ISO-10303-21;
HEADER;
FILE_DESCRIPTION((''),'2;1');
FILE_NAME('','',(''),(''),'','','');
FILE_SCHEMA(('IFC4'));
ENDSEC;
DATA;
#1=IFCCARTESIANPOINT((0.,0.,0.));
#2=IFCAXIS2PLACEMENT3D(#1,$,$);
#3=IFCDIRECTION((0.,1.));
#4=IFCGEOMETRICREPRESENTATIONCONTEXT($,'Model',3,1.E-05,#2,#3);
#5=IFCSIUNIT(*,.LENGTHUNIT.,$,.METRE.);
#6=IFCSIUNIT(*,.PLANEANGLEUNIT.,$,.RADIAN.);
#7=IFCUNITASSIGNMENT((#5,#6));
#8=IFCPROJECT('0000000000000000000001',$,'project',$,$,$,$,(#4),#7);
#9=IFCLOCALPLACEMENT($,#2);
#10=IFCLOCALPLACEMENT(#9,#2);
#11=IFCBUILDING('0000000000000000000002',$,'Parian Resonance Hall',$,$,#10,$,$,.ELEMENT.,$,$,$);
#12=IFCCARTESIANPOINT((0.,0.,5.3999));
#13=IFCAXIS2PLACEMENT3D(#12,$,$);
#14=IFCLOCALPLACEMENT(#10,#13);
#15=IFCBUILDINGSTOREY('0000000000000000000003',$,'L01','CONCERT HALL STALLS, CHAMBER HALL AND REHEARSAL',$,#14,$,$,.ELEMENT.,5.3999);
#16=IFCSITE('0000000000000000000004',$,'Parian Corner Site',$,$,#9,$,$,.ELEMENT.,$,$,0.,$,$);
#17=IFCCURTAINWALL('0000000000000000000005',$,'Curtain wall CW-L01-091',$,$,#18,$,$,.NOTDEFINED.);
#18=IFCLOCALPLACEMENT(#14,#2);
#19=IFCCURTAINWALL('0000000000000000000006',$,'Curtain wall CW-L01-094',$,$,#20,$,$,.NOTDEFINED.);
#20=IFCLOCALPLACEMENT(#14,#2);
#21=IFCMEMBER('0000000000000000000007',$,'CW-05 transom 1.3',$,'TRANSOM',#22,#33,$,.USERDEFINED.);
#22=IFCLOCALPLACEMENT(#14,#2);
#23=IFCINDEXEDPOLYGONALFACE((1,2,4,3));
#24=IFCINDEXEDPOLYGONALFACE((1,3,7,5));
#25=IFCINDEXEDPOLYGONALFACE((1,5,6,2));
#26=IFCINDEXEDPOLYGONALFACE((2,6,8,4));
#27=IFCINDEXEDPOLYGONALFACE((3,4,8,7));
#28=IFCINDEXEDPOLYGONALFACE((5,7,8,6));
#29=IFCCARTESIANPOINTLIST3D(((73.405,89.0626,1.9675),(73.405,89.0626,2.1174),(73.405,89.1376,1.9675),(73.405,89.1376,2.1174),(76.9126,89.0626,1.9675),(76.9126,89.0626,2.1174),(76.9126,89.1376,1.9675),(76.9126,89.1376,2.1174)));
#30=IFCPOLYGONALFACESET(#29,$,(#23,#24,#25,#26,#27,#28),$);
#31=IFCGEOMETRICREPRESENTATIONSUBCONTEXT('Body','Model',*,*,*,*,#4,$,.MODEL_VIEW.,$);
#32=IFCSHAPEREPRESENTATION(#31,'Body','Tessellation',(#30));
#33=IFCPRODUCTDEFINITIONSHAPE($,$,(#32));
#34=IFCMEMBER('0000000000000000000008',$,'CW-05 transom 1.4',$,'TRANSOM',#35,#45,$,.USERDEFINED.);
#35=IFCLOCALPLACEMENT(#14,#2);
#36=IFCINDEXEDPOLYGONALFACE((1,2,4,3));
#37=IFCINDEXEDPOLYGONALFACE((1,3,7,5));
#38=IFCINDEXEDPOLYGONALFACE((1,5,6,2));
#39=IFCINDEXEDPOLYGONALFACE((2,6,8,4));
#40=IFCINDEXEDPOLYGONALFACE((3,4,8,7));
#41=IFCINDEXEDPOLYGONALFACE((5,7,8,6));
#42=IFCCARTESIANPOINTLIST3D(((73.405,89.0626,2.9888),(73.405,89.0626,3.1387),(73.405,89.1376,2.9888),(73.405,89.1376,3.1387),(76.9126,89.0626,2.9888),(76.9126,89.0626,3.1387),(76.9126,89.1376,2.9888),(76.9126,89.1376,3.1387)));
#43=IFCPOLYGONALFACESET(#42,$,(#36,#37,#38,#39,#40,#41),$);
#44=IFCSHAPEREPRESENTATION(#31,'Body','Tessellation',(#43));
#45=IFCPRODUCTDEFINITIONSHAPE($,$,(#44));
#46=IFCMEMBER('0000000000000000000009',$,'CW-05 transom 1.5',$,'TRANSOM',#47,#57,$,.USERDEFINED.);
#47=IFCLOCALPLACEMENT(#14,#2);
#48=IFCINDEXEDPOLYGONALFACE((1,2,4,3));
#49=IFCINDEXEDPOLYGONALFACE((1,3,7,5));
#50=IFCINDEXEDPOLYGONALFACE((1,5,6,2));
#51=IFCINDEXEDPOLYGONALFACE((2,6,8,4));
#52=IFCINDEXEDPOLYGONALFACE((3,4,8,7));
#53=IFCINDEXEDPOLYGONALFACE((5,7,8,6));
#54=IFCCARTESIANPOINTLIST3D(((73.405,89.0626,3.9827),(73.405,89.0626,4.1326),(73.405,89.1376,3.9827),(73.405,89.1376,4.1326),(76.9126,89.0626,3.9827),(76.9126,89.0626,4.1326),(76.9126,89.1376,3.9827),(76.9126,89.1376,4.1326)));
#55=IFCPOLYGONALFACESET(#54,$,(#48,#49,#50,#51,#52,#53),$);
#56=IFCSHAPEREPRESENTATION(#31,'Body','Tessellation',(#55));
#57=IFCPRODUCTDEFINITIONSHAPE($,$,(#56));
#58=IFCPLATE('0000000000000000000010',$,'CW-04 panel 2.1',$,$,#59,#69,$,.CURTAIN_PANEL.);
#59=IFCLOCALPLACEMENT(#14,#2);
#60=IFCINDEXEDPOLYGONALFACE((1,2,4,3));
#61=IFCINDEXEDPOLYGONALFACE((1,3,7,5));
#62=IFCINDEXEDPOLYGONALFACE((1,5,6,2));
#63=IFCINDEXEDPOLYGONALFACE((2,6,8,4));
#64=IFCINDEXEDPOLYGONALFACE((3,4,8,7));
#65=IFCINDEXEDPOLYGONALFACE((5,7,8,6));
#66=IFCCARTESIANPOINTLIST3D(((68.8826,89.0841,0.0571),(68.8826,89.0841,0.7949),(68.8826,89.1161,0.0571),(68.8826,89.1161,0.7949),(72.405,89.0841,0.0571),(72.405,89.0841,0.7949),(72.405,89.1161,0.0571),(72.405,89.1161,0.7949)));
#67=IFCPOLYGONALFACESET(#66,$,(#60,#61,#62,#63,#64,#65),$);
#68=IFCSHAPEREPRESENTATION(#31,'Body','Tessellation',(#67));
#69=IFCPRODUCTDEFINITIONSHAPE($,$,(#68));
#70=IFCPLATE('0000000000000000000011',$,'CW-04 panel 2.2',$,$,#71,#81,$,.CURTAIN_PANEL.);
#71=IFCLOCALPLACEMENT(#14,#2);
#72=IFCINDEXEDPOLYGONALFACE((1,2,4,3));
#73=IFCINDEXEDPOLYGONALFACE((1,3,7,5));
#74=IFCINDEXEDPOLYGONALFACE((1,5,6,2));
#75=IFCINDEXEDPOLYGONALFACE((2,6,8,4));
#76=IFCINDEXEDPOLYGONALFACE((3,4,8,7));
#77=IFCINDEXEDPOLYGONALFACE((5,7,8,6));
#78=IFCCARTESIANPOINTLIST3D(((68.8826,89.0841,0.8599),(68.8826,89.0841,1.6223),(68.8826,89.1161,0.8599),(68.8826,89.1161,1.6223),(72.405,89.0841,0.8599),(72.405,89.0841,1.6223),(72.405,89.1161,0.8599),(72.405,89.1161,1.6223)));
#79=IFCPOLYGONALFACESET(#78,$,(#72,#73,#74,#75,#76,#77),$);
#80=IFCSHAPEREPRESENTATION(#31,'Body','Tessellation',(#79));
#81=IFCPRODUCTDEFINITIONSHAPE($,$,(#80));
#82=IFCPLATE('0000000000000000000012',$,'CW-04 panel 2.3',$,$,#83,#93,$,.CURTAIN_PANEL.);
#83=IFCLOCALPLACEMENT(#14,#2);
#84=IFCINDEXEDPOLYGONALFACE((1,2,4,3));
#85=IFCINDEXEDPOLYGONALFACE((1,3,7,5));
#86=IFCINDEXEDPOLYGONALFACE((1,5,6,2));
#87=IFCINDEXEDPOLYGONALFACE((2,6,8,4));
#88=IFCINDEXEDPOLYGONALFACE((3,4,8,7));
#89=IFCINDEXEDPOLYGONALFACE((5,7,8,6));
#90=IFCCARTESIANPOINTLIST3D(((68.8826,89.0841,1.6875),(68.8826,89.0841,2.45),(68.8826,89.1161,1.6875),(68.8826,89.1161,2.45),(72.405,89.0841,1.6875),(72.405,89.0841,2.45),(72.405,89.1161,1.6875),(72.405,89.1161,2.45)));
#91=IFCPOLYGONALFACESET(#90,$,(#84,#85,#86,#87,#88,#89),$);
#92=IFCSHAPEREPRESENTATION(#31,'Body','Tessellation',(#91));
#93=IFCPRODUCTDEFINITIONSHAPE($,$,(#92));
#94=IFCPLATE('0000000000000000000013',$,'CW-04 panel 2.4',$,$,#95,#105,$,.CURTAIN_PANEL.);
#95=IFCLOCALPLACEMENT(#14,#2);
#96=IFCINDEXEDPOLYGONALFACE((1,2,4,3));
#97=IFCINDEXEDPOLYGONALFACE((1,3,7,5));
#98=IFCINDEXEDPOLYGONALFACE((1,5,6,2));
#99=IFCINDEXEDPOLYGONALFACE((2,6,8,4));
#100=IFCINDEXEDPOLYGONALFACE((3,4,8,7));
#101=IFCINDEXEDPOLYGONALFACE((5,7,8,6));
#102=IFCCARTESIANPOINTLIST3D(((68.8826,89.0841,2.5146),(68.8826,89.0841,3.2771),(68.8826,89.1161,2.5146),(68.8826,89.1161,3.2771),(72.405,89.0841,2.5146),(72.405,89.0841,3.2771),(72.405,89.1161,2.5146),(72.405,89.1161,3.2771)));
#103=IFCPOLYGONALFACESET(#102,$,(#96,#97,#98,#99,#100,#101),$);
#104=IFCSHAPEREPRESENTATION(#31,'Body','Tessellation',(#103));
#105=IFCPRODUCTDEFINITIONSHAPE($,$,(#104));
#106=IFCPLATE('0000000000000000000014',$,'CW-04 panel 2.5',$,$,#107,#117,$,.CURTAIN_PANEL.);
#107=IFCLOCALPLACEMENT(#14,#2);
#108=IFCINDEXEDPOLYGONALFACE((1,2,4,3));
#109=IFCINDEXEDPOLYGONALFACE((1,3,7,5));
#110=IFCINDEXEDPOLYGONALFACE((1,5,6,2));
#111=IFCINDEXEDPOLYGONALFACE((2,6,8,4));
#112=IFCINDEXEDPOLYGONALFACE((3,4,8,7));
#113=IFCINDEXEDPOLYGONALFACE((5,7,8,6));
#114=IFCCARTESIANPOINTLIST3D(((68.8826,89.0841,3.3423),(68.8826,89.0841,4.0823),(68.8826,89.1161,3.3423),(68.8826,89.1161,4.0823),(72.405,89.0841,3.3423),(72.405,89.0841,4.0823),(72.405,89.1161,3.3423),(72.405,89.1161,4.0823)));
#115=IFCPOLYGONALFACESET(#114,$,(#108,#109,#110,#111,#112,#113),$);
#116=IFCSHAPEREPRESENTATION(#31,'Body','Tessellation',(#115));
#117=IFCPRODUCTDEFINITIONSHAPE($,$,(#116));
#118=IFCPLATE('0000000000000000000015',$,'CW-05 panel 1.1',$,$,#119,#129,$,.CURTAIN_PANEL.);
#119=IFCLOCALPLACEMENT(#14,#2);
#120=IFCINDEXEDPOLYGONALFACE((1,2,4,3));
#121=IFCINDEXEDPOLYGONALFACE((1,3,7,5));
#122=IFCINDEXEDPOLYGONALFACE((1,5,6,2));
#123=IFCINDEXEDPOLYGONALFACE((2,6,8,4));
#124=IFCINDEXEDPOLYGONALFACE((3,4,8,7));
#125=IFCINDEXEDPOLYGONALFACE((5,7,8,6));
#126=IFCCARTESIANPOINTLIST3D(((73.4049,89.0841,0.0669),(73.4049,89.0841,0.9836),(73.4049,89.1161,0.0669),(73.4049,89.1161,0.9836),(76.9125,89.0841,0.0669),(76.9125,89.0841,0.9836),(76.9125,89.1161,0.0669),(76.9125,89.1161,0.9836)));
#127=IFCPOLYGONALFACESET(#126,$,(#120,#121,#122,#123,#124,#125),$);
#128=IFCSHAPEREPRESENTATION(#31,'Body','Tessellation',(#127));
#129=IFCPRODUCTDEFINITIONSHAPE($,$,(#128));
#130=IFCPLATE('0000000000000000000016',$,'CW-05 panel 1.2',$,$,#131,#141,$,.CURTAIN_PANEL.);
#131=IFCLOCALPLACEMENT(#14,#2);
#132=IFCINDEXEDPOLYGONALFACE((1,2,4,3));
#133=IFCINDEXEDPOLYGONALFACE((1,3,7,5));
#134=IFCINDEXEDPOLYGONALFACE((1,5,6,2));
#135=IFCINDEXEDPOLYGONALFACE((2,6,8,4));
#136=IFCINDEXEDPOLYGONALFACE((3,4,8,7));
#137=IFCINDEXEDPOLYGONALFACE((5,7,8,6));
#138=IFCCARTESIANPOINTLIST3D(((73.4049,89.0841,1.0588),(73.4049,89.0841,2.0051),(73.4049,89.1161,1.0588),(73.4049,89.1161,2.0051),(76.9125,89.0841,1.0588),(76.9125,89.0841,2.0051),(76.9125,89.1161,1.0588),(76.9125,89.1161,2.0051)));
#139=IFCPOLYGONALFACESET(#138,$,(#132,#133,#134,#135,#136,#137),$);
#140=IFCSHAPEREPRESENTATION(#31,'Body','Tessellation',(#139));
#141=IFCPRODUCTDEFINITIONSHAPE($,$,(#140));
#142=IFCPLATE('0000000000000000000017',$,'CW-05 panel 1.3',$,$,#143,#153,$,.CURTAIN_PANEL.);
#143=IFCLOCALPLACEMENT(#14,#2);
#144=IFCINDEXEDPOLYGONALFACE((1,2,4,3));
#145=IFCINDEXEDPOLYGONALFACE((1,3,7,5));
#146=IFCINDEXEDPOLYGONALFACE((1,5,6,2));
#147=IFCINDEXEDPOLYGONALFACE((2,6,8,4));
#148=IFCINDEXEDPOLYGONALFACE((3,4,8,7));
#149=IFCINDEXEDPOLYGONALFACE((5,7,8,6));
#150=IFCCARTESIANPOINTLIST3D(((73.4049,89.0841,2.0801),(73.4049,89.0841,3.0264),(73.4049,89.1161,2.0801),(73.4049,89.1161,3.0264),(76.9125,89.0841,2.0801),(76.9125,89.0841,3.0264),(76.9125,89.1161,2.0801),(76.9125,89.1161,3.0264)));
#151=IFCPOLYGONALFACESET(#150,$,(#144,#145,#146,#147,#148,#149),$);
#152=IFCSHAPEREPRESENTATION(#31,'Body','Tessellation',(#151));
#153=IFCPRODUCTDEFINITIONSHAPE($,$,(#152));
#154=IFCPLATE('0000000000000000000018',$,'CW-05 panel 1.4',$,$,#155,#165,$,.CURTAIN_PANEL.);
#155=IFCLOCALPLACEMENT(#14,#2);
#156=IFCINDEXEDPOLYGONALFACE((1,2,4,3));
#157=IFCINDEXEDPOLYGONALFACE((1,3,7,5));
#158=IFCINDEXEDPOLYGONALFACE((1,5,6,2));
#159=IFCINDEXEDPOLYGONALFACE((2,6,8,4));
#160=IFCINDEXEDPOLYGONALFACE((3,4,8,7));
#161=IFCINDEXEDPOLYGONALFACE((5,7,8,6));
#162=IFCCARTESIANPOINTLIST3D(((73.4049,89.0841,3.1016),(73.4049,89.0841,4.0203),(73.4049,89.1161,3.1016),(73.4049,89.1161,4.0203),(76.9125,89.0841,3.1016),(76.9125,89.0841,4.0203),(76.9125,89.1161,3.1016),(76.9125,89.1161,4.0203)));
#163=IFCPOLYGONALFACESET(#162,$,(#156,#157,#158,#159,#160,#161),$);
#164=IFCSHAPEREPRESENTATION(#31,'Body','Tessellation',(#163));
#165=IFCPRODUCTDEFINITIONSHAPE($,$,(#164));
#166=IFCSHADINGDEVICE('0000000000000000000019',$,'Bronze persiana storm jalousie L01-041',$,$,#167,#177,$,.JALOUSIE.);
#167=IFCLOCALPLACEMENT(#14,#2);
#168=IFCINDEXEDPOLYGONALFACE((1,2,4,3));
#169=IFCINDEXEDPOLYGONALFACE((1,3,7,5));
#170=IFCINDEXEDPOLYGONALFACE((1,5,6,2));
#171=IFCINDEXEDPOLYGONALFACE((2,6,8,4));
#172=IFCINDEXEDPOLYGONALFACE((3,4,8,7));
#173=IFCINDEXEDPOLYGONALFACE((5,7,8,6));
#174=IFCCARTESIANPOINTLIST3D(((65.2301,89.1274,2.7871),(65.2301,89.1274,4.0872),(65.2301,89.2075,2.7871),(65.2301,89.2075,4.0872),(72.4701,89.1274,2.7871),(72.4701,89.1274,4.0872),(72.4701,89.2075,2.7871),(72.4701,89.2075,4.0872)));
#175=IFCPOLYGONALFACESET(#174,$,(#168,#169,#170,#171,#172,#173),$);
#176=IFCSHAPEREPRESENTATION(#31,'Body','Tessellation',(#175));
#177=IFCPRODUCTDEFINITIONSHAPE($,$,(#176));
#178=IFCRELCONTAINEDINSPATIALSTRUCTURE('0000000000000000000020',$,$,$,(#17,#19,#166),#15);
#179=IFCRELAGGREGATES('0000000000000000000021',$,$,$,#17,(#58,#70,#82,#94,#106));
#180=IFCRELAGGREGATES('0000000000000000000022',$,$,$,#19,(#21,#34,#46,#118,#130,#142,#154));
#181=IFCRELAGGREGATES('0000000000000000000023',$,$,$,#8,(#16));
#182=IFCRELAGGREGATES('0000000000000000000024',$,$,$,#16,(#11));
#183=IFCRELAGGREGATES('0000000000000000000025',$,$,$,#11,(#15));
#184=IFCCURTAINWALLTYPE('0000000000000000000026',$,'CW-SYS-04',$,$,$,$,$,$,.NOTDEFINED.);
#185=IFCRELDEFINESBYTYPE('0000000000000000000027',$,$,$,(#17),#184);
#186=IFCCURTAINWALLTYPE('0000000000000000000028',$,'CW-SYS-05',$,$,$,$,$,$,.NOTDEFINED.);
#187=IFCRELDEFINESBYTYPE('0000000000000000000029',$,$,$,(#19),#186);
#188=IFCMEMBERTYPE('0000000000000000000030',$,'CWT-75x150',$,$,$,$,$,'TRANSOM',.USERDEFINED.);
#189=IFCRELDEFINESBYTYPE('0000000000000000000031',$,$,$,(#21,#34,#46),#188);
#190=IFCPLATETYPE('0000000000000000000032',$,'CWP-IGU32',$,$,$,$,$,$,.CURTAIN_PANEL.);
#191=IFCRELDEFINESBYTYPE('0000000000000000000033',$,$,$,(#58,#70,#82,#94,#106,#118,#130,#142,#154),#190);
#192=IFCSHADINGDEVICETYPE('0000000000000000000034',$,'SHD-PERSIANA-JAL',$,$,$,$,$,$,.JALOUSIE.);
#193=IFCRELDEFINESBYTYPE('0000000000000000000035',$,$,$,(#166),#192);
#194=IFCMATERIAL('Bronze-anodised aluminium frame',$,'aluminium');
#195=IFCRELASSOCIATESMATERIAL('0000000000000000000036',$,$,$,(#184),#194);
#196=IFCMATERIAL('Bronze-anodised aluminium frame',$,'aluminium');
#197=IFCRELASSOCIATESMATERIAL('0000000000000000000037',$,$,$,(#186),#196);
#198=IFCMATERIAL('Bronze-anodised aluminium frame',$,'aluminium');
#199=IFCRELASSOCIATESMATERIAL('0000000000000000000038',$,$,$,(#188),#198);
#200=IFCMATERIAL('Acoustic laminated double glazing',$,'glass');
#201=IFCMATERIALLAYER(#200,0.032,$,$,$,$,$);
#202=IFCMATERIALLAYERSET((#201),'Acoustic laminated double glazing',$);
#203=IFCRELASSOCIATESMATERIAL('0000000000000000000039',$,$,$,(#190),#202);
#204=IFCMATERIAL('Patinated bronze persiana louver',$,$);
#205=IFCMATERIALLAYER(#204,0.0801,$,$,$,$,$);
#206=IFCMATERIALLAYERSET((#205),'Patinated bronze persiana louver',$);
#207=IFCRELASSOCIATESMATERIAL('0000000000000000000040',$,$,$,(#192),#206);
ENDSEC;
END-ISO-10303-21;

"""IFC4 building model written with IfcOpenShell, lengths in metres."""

from ifc_helpers import new_model, si_unit, direction, frame, origin, origin_2d, place, context, subcontext, project, spatial, rectangle, extrude, material, layer, layer_set, material_profile, profile_set, type_object, element, aggregate, save


model = new_model("IFC4")

# Units and contexts
model_context = context("Model", 3, precision=1e-05, world=origin(), true_north=direction((0.0, 1.0)))
body_context = subcontext(model_context, "Body", "Model", "MODEL_VIEW")
ifc_project = project(units=[si_unit("LENGTHUNIT", "METRE"), si_unit("PLANEANGLEUNIT", "RADIAN")], contexts=[model_context])

# Site, building, storey
site_placement = place(None, origin())
site = spatial("IfcSite", under=ifc_project, at=site_placement, Name="Parian Corner Site", CompositionType="ELEMENT", RefElevation=0.0)
building_placement = place(site_placement, origin())
building = spatial("IfcBuilding", under=site, at=building_placement, Name="Parian Resonance Hall", CompositionType="ELEMENT")
storey_placement = place(building_placement, frame((0.0, 0.0, 5.3999)))
storey = spatial("IfcBuildingStorey", under=building, at=storey_placement, Name="L01", Description="CONCERT HALL STALLS, CHAMBER HALL AND REHEARSAL", CompositionType="ELEMENT", Elevation=5.3999)

# Curtain walls
ifc_material_1 = material(Name="Bronze-anodised aluminium frame", Category="aluminium")
curtain_wall_type_1 = type_object("IfcCurtainWallType", Name="CW-SYS-04", PredefinedType="NOTDEFINED", material=ifc_material_1)
curtain_wall_1_placement = place(storey_placement, origin())
curtain_wall_1 = element("IfcCurtainWall", 1, at=curtain_wall_1_placement, inside=storey, type_object=curtain_wall_type_1, Name="Curtain wall CW-L01-091", PredefinedType="NOTDEFINED")
ifc_material_2 = material(Name="Bronze-anodised aluminium frame", Category="aluminium")
curtain_wall_type_2 = type_object("IfcCurtainWallType", Name="CW-SYS-05", PredefinedType="NOTDEFINED", material=ifc_material_2)
curtain_wall_2_placement = place(storey_placement, origin())
curtain_wall_2 = element("IfcCurtainWall", 2, at=curtain_wall_2_placement, inside=storey, type_object=curtain_wall_type_2, Name="Curtain wall CW-L01-094", PredefinedType="NOTDEFINED")

# Members
ifc_material_3 = material(Name="Bronze-anodised aluminium frame", Category="aluminium")
ifc_material_profile_1 = material_profile(ifc_material_3, rectangle(XDim=0.075, YDim=0.1499, at=origin_2d()), Name="CWT-75x150")
ifc_profile_set_1 = profile_set([ifc_material_profile_1], Name="Bronze-anodised aluminium frame")
member_type_1 = type_object("IfcMemberType", Name="CWT-75x150", ElementType="TRANSOM", PredefinedType="USERDEFINED", material=ifc_profile_set_1)
member_1_placement = place(storey_placement, frame((73.405, 89.1001, 2.0425), z_axis=(1.0, 0.0, 0.0), x_axis=(0.0, 1.0, 0.0)))
member_1 = element("IfcMember", 3, at=member_1_placement, type_object=member_type_1, Name="CW-05 transom 1.3", ObjectType="TRANSOM", PredefinedType="USERDEFINED", context=body_context, shape_type="SweptSolid", body=[
    extrude(rectangle(XDim=0.075, YDim=0.1499, at=origin_2d()), origin(), (0.0, 0.0, 1.0), 3.5076),
])
member_2_placement = place(storey_placement, frame((73.405, 89.1001, 3.0637), z_axis=(1.0, 0.0, 0.0), x_axis=(0.0, 1.0, 0.0)))
member_2 = element("IfcMember", 4, at=member_2_placement, type_object=member_type_1, Name="CW-05 transom 1.4", ObjectType="TRANSOM", PredefinedType="USERDEFINED", context=body_context, shape_type="SweptSolid", body=[
    extrude(rectangle(XDim=0.075, YDim=0.1499, at=origin_2d()), origin(), (0.0, 0.0, 1.0), 3.5076),
])
member_3_placement = place(storey_placement, frame((73.405, 89.1001, 4.0576), z_axis=(1.0, 0.0, 0.0), x_axis=(0.0, 1.0, 0.0)))
member_3 = element("IfcMember", 5, at=member_3_placement, type_object=member_type_1, Name="CW-05 transom 1.5", ObjectType="TRANSOM", PredefinedType="USERDEFINED", context=body_context, shape_type="SweptSolid", body=[
    extrude(rectangle(XDim=0.075, YDim=0.1499, at=origin_2d()), origin(), (0.0, 0.0, 1.0), 3.5076),
])

# Plates
ifc_material_4 = material(Name="Acoustic laminated double glazing", Category="glass")
ifc_layer_1 = layer(ifc_material_4, 0.032)
ifc_layer_set_1 = layer_set([ifc_layer_1], Name="Acoustic laminated double glazing")
plate_type = type_object("IfcPlateType", Name="CWP-IGU32", PredefinedType="CURTAIN_PANEL", material=ifc_layer_set_1)
plate_1_placement = place(storey_placement, frame((70.6438, 89.1001, 0.0571), z_axis=(0.0, 0.0, 1.0), x_axis=(1.0, 0.0, 0.0)))
plate_1 = element("IfcPlate", 6, at=plate_1_placement, type_object=plate_type, Name="CW-04 panel 2.1", PredefinedType="CURTAIN_PANEL", context=body_context, shape_type="SweptSolid", body=[
    extrude(rectangle(XDim=3.5225, YDim=0.032, at=origin_2d()), origin(), (0.0, 0.0, 1.0), 0.7378),
])
plate_2_placement = place(storey_placement, frame((70.6438, 89.1001, 0.8599), z_axis=(0.0, 0.0, 1.0), x_axis=(1.0, 0.0, 0.0)))
plate_2 = element("IfcPlate", 7, at=plate_2_placement, type_object=plate_type, Name="CW-04 panel 2.2", PredefinedType="CURTAIN_PANEL", context=body_context, shape_type="SweptSolid", body=[
    extrude(rectangle(XDim=3.5225, YDim=0.032, at=origin_2d()), origin(), (0.0, 0.0, 1.0), 0.7625),
])
plate_3_placement = place(storey_placement, frame((70.6438, 89.1001, 1.6875), z_axis=(0.0, 0.0, 1.0), x_axis=(1.0, 0.0, 0.0)))
plate_3 = element("IfcPlate", 8, at=plate_3_placement, type_object=plate_type, Name="CW-04 panel 2.3", PredefinedType="CURTAIN_PANEL", context=body_context, shape_type="SweptSolid", body=[
    extrude(rectangle(XDim=3.5225, YDim=0.032, at=origin_2d()), origin(), (0.0, 0.0, 1.0), 0.7625),
])
plate_4_placement = place(storey_placement, frame((70.6438, 89.1001, 2.5146), z_axis=(0.0, 0.0, 1.0), x_axis=(1.0, 0.0, 0.0)))
plate_4 = element("IfcPlate", 9, at=plate_4_placement, type_object=plate_type, Name="CW-04 panel 2.4", PredefinedType="CURTAIN_PANEL", context=body_context, shape_type="SweptSolid", body=[
    extrude(rectangle(XDim=3.5225, YDim=0.032, at=origin_2d()), origin(), (0.0, 0.0, 1.0), 0.7625),
])
plate_5_placement = place(storey_placement, frame((70.6438, 89.1001, 3.3423), z_axis=(0.0, 0.0, 1.0), x_axis=(1.0, 0.0, 0.0)))
plate_5 = element("IfcPlate", 10, at=plate_5_placement, type_object=plate_type, Name="CW-04 panel 2.5", PredefinedType="CURTAIN_PANEL", context=body_context, shape_type="SweptSolid", body=[
    extrude(rectangle(XDim=3.5225, YDim=0.032, at=origin_2d()), origin(), (0.0, 0.0, 1.0), 0.74),
])
aggregate(curtain_wall_1, [plate_1, plate_2, plate_3, plate_4, plate_5])
plate_6_placement = place(storey_placement, frame((75.1587, 89.1001, 0.0669), z_axis=(0.0, 0.0, 1.0), x_axis=(1.0, 0.0, 0.0)))
plate_6 = element("IfcPlate", 11, at=plate_6_placement, type_object=plate_type, Name="CW-05 panel 1.1", PredefinedType="CURTAIN_PANEL", context=body_context, shape_type="SweptSolid", body=[
    extrude(rectangle(XDim=3.5076, YDim=0.032, at=origin_2d()), origin(), (0.0, 0.0, 1.0), 0.9167),
])
plate_7_placement = place(storey_placement, frame((75.1587, 89.1001, 1.0588), z_axis=(0.0, 0.0, 1.0), x_axis=(1.0, 0.0, 0.0)))
plate_7 = element("IfcPlate", 12, at=plate_7_placement, type_object=plate_type, Name="CW-05 panel 1.2", PredefinedType="CURTAIN_PANEL", context=body_context, shape_type="SweptSolid", body=[
    extrude(rectangle(XDim=3.5076, YDim=0.032, at=origin_2d()), origin(), (0.0, 0.0, 1.0), 0.9463),
])
plate_8_placement = place(storey_placement, frame((75.1587, 89.1001, 2.0801), z_axis=(0.0, 0.0, 1.0), x_axis=(1.0, 0.0, 0.0)))
plate_8 = element("IfcPlate", 13, at=plate_8_placement, type_object=plate_type, Name="CW-05 panel 1.3", PredefinedType="CURTAIN_PANEL", context=body_context, shape_type="SweptSolid", body=[
    extrude(rectangle(XDim=3.5076, YDim=0.032, at=origin_2d()), origin(), (0.0, 0.0, 1.0), 0.9463),
])
plate_9_placement = place(storey_placement, frame((75.1587, 89.1001, 3.1016), z_axis=(0.0, 0.0, 1.0), x_axis=(1.0, 0.0, 0.0)))
plate_9 = element("IfcPlate", 14, at=plate_9_placement, type_object=plate_type, Name="CW-05 panel 1.4", PredefinedType="CURTAIN_PANEL", context=body_context, shape_type="SweptSolid", body=[
    extrude(rectangle(XDim=3.5076, YDim=0.032, at=origin_2d()), origin(), (0.0, 0.0, 1.0), 0.9187),
])
aggregate(curtain_wall_2, [member_1, member_2, member_3, plate_6, plate_7, plate_8, plate_9])

# Shading device
ifc_material_5 = material(Name="Patinated bronze persiana louver")
ifc_layer_2 = layer(ifc_material_5, 0.0801)
ifc_layer_set_2 = layer_set([ifc_layer_2], Name="Patinated bronze persiana louver")
shading_device_type = type_object("IfcShadingDeviceType", Name="SHD-PERSIANA-JAL", PredefinedType="JALOUSIE", material=ifc_layer_set_2)
shading_device_placement = place(storey_placement, frame((68.8501, 89.1675, 2.7871), z_axis=(0.0, 0.0, 1.0), x_axis=(1.0, 0.0, 0.0)))
element("IfcShadingDevice", 15, at=shading_device_placement, inside=storey, type_object=shading_device_type, Name="Bronze persiana storm jalousie L01-041", PredefinedType="JALOUSIE", context=body_context, shape_type="SweptSolid", body=[
    extrude(rectangle(XDim=7.24, YDim=0.0801, at=origin_2d()), origin(), (0.0, 0.0, 1.0), 1.3),
])

save(model, "model.ifc")
